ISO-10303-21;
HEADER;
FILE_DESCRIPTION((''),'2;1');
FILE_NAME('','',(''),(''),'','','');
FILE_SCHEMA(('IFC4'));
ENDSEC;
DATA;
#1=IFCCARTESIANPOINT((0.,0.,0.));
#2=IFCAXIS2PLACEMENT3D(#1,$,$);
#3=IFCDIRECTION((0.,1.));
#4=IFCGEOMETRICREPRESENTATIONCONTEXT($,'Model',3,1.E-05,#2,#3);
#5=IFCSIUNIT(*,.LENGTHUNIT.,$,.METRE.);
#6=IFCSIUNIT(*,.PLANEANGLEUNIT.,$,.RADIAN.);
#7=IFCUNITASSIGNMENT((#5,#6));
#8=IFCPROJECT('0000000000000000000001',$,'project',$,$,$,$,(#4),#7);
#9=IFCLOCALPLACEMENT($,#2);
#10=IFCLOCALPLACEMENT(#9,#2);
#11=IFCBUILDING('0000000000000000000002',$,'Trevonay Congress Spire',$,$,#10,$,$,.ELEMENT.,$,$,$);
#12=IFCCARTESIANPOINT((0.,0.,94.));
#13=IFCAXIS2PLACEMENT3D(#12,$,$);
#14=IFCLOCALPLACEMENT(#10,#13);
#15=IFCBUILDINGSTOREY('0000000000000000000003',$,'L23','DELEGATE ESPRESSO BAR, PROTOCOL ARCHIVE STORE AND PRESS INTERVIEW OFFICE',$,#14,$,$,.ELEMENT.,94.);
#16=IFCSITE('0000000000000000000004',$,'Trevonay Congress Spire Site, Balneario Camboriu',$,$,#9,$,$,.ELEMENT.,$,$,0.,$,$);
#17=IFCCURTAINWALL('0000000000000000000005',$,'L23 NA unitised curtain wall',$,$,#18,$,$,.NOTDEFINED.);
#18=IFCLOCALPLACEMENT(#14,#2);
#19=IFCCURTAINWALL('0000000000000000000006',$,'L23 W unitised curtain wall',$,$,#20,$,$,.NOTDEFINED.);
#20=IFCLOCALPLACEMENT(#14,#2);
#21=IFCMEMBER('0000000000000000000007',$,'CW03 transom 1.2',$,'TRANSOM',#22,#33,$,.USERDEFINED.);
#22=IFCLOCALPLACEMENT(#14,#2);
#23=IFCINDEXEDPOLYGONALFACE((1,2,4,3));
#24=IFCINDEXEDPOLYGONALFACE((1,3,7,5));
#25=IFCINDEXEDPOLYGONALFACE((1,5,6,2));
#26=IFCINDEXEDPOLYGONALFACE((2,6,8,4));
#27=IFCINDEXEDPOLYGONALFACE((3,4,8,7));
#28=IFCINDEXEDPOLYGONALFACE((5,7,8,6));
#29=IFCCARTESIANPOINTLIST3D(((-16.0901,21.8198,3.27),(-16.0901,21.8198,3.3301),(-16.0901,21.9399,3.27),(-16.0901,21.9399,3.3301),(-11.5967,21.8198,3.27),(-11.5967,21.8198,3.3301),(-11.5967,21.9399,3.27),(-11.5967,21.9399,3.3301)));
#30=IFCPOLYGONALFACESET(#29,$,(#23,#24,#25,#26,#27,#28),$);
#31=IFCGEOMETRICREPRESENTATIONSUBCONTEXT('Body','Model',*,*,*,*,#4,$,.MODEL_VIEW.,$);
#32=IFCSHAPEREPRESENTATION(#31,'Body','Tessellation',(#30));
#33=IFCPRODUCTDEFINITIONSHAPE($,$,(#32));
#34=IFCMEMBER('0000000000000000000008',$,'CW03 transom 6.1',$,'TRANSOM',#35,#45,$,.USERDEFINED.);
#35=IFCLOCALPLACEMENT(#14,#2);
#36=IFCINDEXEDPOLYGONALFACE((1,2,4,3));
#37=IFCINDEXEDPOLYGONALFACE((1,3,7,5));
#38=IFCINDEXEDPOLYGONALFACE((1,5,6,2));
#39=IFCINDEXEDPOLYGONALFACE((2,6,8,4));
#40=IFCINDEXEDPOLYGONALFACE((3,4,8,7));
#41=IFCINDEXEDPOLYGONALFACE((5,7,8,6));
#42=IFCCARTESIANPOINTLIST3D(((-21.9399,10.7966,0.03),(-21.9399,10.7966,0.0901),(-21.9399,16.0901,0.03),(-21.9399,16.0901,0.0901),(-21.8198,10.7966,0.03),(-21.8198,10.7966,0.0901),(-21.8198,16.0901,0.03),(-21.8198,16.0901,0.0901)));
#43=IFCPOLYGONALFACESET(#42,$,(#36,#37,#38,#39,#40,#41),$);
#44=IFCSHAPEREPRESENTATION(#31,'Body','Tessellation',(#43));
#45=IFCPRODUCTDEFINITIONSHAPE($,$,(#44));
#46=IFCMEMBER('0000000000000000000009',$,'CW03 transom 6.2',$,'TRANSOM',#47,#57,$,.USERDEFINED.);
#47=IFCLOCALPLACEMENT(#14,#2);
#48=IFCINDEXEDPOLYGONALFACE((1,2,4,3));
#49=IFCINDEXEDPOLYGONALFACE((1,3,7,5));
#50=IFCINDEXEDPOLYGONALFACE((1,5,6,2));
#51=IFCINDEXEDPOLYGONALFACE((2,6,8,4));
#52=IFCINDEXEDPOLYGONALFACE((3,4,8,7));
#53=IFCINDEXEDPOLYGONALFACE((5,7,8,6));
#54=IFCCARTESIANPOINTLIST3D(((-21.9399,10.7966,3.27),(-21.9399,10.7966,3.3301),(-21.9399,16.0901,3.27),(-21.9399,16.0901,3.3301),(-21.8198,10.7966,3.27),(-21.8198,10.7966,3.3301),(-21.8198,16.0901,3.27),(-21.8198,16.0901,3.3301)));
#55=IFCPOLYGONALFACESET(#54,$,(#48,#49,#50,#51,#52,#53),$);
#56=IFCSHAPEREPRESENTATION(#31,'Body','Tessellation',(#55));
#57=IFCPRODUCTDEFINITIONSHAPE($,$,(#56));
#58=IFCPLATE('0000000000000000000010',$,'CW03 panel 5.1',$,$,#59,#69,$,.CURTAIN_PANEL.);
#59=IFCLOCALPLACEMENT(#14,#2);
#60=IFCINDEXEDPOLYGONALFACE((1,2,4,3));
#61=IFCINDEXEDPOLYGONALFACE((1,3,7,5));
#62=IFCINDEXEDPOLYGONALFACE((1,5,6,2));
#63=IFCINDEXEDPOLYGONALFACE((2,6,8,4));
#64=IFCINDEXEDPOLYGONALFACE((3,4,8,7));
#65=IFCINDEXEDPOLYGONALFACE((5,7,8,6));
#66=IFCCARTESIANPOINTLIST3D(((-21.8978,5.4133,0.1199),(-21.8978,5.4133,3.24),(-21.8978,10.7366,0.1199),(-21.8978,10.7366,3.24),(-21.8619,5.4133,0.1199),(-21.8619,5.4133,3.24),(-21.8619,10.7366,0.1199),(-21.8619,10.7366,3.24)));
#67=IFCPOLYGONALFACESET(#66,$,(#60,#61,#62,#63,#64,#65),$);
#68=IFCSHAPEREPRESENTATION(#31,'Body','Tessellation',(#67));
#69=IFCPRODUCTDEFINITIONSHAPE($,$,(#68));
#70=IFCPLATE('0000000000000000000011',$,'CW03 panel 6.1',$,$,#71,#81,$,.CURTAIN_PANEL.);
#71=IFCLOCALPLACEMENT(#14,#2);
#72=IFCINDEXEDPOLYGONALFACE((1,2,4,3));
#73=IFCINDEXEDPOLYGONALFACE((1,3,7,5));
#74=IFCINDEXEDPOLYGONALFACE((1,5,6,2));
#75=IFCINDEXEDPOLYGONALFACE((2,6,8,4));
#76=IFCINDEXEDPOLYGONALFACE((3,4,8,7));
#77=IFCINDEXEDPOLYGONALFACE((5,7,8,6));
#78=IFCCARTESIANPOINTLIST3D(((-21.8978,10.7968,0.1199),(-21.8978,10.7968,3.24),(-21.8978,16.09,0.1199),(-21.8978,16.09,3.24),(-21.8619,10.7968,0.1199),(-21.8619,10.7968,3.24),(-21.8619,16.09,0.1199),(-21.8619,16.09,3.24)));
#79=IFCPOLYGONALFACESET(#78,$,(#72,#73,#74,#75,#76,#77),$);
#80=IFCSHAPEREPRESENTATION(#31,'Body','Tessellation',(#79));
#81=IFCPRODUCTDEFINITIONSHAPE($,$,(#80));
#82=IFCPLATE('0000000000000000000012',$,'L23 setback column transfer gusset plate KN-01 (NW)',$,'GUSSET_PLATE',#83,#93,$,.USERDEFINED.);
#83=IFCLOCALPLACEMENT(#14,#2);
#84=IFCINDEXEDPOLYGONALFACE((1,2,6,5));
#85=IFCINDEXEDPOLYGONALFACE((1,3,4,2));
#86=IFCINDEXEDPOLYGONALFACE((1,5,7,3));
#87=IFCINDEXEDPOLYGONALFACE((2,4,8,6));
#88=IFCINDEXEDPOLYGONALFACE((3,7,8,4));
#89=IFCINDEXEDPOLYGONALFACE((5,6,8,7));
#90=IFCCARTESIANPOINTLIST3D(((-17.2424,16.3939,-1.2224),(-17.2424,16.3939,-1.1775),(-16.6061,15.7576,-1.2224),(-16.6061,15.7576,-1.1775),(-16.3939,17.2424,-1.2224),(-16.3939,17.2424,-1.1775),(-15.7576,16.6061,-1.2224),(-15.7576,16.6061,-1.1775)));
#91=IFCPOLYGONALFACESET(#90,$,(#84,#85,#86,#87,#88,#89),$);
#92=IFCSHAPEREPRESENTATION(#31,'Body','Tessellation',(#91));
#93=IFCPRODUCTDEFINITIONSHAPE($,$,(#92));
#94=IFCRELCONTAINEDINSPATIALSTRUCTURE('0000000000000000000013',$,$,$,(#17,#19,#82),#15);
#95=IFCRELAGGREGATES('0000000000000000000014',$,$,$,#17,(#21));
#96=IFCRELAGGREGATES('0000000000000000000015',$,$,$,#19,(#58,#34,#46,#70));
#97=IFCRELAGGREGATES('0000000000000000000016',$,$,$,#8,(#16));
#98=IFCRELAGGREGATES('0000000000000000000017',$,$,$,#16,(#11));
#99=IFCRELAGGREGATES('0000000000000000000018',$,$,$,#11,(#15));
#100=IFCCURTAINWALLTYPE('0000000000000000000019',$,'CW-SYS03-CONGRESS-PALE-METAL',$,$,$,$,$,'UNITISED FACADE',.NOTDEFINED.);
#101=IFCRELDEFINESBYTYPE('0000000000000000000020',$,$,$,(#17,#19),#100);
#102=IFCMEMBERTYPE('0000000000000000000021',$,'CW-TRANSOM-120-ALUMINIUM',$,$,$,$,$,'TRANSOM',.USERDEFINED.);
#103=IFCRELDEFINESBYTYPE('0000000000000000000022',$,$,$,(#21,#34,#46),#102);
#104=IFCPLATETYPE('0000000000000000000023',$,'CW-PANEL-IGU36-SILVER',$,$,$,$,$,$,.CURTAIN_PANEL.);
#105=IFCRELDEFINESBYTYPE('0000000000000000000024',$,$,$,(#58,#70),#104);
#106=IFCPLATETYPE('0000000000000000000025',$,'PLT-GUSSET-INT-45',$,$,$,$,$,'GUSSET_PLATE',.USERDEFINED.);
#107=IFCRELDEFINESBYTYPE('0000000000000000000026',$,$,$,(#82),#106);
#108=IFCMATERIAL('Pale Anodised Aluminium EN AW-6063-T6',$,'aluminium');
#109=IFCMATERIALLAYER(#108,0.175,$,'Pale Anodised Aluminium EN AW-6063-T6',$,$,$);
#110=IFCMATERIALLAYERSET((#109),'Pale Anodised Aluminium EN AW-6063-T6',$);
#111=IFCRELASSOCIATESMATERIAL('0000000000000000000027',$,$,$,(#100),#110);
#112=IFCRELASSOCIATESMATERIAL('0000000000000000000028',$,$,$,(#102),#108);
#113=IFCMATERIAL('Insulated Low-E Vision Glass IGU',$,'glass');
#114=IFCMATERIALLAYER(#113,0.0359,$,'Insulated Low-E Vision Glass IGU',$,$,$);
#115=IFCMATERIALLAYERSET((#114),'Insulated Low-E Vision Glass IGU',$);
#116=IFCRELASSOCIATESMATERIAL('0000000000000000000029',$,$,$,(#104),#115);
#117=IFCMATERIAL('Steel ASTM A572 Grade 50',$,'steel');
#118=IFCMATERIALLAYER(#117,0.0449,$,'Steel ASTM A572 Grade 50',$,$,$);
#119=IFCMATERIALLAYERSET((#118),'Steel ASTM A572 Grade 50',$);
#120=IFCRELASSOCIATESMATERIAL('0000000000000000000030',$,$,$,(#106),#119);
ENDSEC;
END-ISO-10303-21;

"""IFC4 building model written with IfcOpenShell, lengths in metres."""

from ifc_helpers import new_model, si_unit, direction, frame, origin, origin_2d, place, context, subcontext, project, spatial, rectangle, extrude, material, layer, layer_set, material_profile, profile_set, type_object, element, aggregate, save


model = new_model("IFC4")

# Units and contexts
model_context = context("Model", 3, precision=1e-05, world=origin(), true_north=direction((0.0, 1.0)))
body_context = subcontext(model_context, "Body", "Model", "MODEL_VIEW")
ifc_project = project(units=[si_unit("LENGTHUNIT", "METRE"), si_unit("PLANEANGLEUNIT", "RADIAN")], contexts=[model_context])

# Site, building, storey
site_placement = place(None, origin())
site = spatial("IfcSite", under=ifc_project, at=site_placement, Name="Trevonay Congress Spire Site, Balneario Camboriu", CompositionType="ELEMENT", RefElevation=0.0)
building_placement = place(site_placement, origin())
building = spatial("IfcBuilding", under=site, at=building_placement, Name="Trevonay Congress Spire", CompositionType="ELEMENT")
storey_placement = place(building_placement, frame((0.0, 0.0, 94.0)))
storey = spatial("IfcBuildingStorey", under=building, at=storey_placement, Name="L23", Description="DELEGATE ESPRESSO BAR, PROTOCOL ARCHIVE STORE AND PRESS INTERVIEW OFFICE", CompositionType="ELEMENT", Elevation=94.0)

# Shared definitions
ifc_material_1 = material(Name="Steel ASTM A572 Grade 50", Category="steel")

# Curtain wall
ifc_material_2 = material(Name="Pale Anodised Aluminium EN AW-6063-T6", Category="aluminium")
ifc_layer_1 = layer(ifc_material_2, 0.175, Name="Pale Anodised Aluminium EN AW-6063-T6")
ifc_layer_set_1 = layer_set([ifc_layer_1], Name="Pale Anodised Aluminium EN AW-6063-T6")
curtain_wall_type = type_object("IfcCurtainWallType", Name="CW-SYS03-CONGRESS-PALE-METAL", ElementType="UNITISED FACADE", PredefinedType="NOTDEFINED", material=ifc_layer_set_1)
curtain_wall_1_placement = place(storey_placement, origin())
curtain_wall_1 = element("IfcCurtainWall", 1, at=curtain_wall_1_placement, inside=storey, type_object=curtain_wall_type, Name="L23 NA unitised curtain wall", PredefinedType="NOTDEFINED")

# Curtain wall
curtain_wall_2_placement = place(storey_placement, origin())
curtain_wall_2 = element("IfcCurtainWall", 2, at=curtain_wall_2_placement, inside=storey, type_object=curtain_wall_type, Name="L23 W unitised curtain wall", PredefinedType="NOTDEFINED")

# Members
ifc_material_profile_1 = material_profile(ifc_material_2, rectangle(XDim=0.1201, YDim=0.0601, at=origin_2d()), Name="CW-TRANSOM-120-ALUMINIUM")
ifc_profile_set_1 = profile_set([ifc_material_profile_1], Name="Pale Anodised Aluminium EN AW-6063-T6")
member_type_1 = type_object("IfcMemberType", Name="CW-TRANSOM-120-ALUMINIUM", ElementType="TRANSOM", PredefinedType="USERDEFINED", material=ifc_profile_set_1)
member_1_placement = place(storey_placement, frame((-16.0901, 21.8799, 3.3), z_axis=(1.0, 0.0, 0.0), x_axis=(0.0, 1.0, 0.0)))
member_1 = element("IfcMember", 3, at=member_1_placement, type_object=member_type_1, Name="CW03 transom 1.2", ObjectType="TRANSOM", PredefinedType="USERDEFINED", context=body_context, shape_type="SweptSolid", body=[
    extrude(rectangle(XDim=0.1201, YDim=0.0601, at=origin_2d()), origin(), (0.0, 0.0, 1.0), 4.4934),
])
aggregate(curtain_wall_1, [member_1])
member_2_placement = place(storey_placement, frame((-21.8799, 10.7966, 0.0601), z_axis=(0.0, 1.0, 0.0), x_axis=(-1.0, 0.0, 0.0)))
member_2 = element("IfcMember", 4, at=member_2_placement, type_object=member_type_1, Name="CW03 transom 6.1", ObjectType="TRANSOM", PredefinedType="USERDEFINED", context=body_context, shape_type="SweptSolid", body=[
    extrude(rectangle(XDim=0.1201, YDim=0.0601, at=origin_2d()), origin(), (0.0, 0.0, 1.0), 5.2935),
])
member_3_placement = place(storey_placement, frame((-21.8799, 10.7966, 3.3), z_axis=(0.0, 1.0, 0.0), x_axis=(-1.0, 0.0, 0.0)))
member_3 = element("IfcMember", 5, at=member_3_placement, type_object=member_type_1, Name="CW03 transom 6.2", ObjectType="TRANSOM", PredefinedType="USERDEFINED", context=body_context, shape_type="SweptSolid", body=[
    extrude(rectangle(XDim=0.1201, YDim=0.0601, at=origin_2d()), origin(), (0.0, 0.0, 1.0), 5.2935),
])

# Plates
ifc_material_3 = material(Name="Insulated Low-E Vision Glass IGU", Category="glass")
ifc_layer_2 = layer(ifc_material_3, 0.0359, Name="Insulated Low-E Vision Glass IGU")
ifc_layer_set_2 = layer_set([ifc_layer_2], Name="Insulated Low-E Vision Glass IGU")
plate_type_1 = type_object("IfcPlateType", Name="CW-PANEL-IGU36-SILVER", PredefinedType="CURTAIN_PANEL", material=ifc_layer_set_2)
plate_1_placement = place(storey_placement, frame((-21.8799, 8.075, 0.1199), z_axis=(0.0, 0.0, 1.0), x_axis=(0.0, 1.0, 0.0)))
plate_1 = element("IfcPlate", 6, at=plate_1_placement, type_object=plate_type_1, Name="CW03 panel 5.1", PredefinedType="CURTAIN_PANEL", context=body_context, shape_type="SweptSolid", body=[
    extrude(rectangle(XDim=5.3232, YDim=0.0359, at=origin_2d()), origin(), (0.0, 0.0, 1.0), 3.1201),
])
plate_2_placement = place(storey_placement, frame((-21.8799, 13.4434, 0.1199), z_axis=(0.0, 0.0, 1.0), x_axis=(0.0, 1.0, 0.0)))
plate_2 = element("IfcPlate", 7, at=plate_2_placement, type_object=plate_type_1, Name="CW03 panel 6.1", PredefinedType="CURTAIN_PANEL", context=body_context, shape_type="SweptSolid", body=[
    extrude(rectangle(XDim=5.2932, YDim=0.0359, at=origin_2d()), origin(), (0.0, 0.0, 1.0), 3.1201),
])
aggregate(curtain_wall_2, [plate_1, member_2, member_3, plate_2])
ifc_layer_3 = layer(ifc_material_1, 0.0449, Name="Steel ASTM A572 Grade 50")
ifc_layer_set_3 = layer_set([ifc_layer_3], Name="Steel ASTM A572 Grade 50")
plate_type_2 = type_object("IfcPlateType", Name="PLT-GUSSET-INT-45", ElementType="GUSSET_PLATE", PredefinedType="USERDEFINED", material=ifc_layer_set_3)
plate_3_placement = place(storey_placement, frame((-16.5, 16.5, -1.2224), z_axis=(0.0, 0.0, 1.0), x_axis=(0.707107, 0.707107, 0.0)))
element("IfcPlate", 8, at=plate_3_placement, inside=storey, type_object=plate_type_2, Name="L23 setback column transfer gusset plate KN-01 (NW)", ObjectType="GUSSET_PLATE", PredefinedType="USERDEFINED", context=body_context, shape_type="SweptSolid", body=[
    extrude(rectangle(XDim=1.2, YDim=0.8999, at=origin_2d()), origin(), (0.0, 0.0, 1.0), 0.0449),
])

save(model, "model.ifc")
